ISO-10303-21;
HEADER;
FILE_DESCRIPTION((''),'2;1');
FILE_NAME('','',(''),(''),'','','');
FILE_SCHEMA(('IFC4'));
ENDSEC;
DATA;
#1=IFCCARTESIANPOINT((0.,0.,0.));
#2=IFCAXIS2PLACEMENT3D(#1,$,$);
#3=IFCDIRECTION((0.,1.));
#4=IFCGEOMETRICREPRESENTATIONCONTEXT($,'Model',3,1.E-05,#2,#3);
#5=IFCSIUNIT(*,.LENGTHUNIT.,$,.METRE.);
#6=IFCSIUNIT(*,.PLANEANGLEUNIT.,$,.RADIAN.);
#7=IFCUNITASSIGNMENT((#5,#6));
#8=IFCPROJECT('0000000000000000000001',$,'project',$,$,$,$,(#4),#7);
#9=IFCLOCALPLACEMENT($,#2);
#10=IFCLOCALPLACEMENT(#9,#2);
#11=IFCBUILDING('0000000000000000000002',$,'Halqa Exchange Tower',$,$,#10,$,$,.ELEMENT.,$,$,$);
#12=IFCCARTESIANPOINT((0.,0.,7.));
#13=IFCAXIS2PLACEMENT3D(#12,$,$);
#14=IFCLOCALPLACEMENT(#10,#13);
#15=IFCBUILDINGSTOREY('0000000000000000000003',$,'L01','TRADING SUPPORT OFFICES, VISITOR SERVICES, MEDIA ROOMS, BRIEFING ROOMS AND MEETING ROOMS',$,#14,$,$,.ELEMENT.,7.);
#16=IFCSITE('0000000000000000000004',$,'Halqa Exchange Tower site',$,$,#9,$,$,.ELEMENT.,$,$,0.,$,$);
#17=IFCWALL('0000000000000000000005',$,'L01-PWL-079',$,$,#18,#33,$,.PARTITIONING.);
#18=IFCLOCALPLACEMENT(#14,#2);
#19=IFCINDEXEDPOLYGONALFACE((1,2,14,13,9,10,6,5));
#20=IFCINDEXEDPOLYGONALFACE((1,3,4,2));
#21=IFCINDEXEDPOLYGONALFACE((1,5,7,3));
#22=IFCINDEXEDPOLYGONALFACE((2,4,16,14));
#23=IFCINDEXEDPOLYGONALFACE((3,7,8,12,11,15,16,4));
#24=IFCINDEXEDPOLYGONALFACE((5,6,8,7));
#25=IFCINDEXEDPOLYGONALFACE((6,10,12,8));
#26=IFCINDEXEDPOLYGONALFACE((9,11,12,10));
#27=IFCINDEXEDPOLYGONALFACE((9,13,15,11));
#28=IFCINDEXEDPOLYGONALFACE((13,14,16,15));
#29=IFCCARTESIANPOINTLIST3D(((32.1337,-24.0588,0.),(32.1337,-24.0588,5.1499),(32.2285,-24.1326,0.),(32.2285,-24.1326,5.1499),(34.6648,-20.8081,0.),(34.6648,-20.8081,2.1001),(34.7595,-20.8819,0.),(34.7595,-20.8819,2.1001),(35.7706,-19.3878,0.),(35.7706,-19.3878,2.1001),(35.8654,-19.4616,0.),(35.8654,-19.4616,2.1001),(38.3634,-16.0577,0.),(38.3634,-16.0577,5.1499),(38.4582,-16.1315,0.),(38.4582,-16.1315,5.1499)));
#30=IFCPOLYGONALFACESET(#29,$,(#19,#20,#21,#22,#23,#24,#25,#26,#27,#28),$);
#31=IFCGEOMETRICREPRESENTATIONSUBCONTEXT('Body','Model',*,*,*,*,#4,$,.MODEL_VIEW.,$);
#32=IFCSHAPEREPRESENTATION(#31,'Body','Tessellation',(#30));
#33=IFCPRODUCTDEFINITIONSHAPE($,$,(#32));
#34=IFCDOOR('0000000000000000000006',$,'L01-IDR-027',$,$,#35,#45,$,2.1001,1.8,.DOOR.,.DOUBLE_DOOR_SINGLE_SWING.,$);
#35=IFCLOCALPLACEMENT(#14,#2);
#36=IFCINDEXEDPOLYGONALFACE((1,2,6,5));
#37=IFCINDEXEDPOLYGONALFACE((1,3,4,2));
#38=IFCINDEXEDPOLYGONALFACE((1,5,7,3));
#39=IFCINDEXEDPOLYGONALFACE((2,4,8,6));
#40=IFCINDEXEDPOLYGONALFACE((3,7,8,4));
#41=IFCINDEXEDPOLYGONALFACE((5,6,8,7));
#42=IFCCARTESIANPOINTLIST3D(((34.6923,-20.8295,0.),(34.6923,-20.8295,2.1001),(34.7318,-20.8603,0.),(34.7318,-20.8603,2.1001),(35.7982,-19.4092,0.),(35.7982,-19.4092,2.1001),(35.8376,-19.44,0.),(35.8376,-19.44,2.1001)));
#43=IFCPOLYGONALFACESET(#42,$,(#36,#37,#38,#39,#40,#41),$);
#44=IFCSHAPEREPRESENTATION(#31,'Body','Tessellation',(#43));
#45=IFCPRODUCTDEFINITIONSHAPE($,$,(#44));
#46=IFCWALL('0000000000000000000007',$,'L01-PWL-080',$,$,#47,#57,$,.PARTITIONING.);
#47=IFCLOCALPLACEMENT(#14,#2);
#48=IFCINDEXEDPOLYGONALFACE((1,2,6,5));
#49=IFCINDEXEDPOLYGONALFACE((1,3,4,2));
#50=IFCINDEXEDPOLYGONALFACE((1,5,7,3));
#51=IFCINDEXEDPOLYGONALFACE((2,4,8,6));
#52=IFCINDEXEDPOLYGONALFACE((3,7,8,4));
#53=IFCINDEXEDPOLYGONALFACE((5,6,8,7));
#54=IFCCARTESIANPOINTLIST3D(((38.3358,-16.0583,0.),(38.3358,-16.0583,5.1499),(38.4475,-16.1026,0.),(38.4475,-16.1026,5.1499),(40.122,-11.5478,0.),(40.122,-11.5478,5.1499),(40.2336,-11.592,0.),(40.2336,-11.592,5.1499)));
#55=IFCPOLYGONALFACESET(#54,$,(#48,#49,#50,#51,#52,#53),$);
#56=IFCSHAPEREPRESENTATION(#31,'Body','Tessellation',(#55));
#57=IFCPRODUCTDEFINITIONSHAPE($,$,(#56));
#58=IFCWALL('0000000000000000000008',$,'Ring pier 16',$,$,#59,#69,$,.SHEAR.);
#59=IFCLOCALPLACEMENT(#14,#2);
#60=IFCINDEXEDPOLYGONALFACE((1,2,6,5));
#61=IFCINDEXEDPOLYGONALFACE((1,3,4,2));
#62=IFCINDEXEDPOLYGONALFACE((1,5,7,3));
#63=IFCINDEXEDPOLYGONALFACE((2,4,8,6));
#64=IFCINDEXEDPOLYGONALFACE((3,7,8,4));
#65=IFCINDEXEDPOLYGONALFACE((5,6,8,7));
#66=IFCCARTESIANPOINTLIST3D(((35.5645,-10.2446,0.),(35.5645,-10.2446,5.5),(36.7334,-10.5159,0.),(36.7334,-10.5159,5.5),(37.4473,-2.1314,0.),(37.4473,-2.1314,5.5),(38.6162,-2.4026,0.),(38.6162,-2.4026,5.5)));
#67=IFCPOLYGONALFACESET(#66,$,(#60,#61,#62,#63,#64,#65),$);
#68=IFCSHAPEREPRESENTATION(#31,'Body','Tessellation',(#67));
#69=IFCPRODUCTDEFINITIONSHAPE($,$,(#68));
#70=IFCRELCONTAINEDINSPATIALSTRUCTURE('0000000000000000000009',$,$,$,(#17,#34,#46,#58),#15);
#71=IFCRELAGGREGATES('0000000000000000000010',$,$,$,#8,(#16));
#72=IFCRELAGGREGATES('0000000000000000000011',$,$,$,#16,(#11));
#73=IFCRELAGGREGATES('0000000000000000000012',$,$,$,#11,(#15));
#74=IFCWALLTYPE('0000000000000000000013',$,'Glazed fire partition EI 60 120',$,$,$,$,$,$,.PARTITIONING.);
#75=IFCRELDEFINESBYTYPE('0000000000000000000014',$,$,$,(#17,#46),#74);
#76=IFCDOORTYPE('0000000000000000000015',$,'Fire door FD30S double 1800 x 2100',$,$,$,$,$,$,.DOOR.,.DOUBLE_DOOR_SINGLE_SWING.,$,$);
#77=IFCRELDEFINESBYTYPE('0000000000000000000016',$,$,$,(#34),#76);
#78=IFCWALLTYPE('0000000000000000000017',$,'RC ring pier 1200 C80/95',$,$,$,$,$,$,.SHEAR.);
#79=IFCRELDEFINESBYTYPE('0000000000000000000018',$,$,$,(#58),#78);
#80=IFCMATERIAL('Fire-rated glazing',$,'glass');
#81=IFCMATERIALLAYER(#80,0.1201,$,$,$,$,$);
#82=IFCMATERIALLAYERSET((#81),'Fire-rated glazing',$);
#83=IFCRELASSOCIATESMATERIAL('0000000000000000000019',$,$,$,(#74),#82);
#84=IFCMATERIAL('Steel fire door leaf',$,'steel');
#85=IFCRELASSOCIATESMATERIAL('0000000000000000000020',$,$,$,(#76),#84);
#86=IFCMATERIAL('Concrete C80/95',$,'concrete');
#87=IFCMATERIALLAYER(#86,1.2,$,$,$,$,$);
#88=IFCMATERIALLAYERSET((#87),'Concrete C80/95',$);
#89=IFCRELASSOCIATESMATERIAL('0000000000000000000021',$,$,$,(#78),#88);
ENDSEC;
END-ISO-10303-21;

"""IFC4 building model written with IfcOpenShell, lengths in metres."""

from ifc_helpers import new_model, si_unit, direction, frame, frame_2d, origin, place, context, subcontext, project, spatial, rectangle, extrude, material, layer, layer_set, type_object, element, fill, save


model = new_model("IFC4")

# Units and contexts
model_context = context("Model", 3, precision=1e-05, world=origin(), true_north=direction((0.0, 1.0)))
body_context = subcontext(model_context, "Body", "Model", "MODEL_VIEW")
ifc_project = project(units=[si_unit("LENGTHUNIT", "METRE"), si_unit("PLANEANGLEUNIT", "RADIAN")], contexts=[model_context])

# Site, building, storey
site_placement = place(None, origin())
site = spatial("IfcSite", under=ifc_project, at=site_placement, Name="Halqa Exchange Tower site", CompositionType="ELEMENT", RefElevation=0.0)
building_placement = place(site_placement, origin())
building = spatial("IfcBuilding", under=site, at=building_placement, Name="Halqa Exchange Tower", CompositionType="ELEMENT")
storey_placement = place(building_placement, frame((0.0, 0.0, 7.0)))
storey = spatial("IfcBuildingStorey", under=building, at=storey_placement, Name="L01", Description="TRADING SUPPORT OFFICES, VISITOR SERVICES, MEDIA ROOMS, BRIEFING ROOMS AND MEETING ROOMS", CompositionType="ELEMENT", Elevation=7.0)

# Wall, opening, door
ifc_material_1 = material(Name="Steel fire door leaf", Category="steel")
ifc_material_2 = material(Name="Fire-rated glazing", Category="glass")
ifc_layer_1 = layer(ifc_material_2, 0.1201)
ifc_layer_set_1 = layer_set([ifc_layer_1], Name="Fire-rated glazing")
wall_type_1 = type_object("IfcWallType", Name="Glazed fire partition EI 60 120", PredefinedType="PARTITIONING", material=ifc_layer_set_1)
wall_1_placement = place(storey_placement, frame((38.4109, -16.0945, 0.0), z_axis=(0.0, 0.0, 1.0), x_axis=(-0.614344, -0.789038, 0.0)))
wall_1 = element("IfcWall", 1, at=wall_1_placement, inside=storey, type_object=wall_type_1, Name="L01-PWL-079", PredefinedType="PARTITIONING", context=body_context, shape_type="SweptSolid", body=[
    extrude(rectangle(XDim=10.1404, YDim=0.1201, at=frame_2d((5.0703, 0.0))), origin(), (0.0, 0.0, 1.0), 5.1499),
])
opening_1_placement = place(wall_1_placement, frame((4.2207, 0.0, 0.0)))
opening_1 = element("IfcOpeningElement", 2, at=opening_1_placement, cuts=wall_1, PredefinedType="OPENING", context=body_context, shape_type="SweptSolid", body=[
    extrude(rectangle(XDim=1.8, YDim=2.1001, at=frame_2d((0.8999, 1.05))), frame((0.0, 0.072, 0.0), z_axis=(0.0, -1.0, 0.0), x_axis=(1.0, 0.0, 0.0)), (0.0, 0.0, 1.0), 0.144),
])
door_type_1 = type_object("IfcDoorType", Name="Fire door FD30S double 1800 x 2100", OperationType="DOUBLE_DOOR_SINGLE_SWING", PredefinedType="DOOR", material=ifc_material_1)
door_1_placement = place(opening_1_placement, origin())
door_1 = element("IfcDoor", 3, at=door_1_placement, inside=storey, type_object=door_type_1, Name="L01-IDR-027", OperationType="DOUBLE_DOOR_SINGLE_SWING", OverallHeight=2.1001, OverallWidth=1.8, PredefinedType="DOOR", context=body_context, shape_type="SweptSolid", body=[
    extrude(rectangle(XDim=1.8, YDim=2.1001, at=frame_2d((0.8999, 1.05))), frame((0.0, 0.0249, 0.0), z_axis=(0.0, -1.0, 0.0), x_axis=(1.0, 0.0, 0.0)), (0.0, 0.0, 1.0), 0.05),
])
fill(opening_1, door_1)

# Walls
wall_2_placement = place(storey_placement, frame((38.3916, -16.0806, 0.0), z_axis=(0.0, 0.0, 1.0), x_axis=(0.368178, 0.929755, 0.0)))
element("IfcWall", 4, at=wall_2_placement, inside=storey, type_object=wall_type_1, Name="L01-PWL-080", PredefinedType="PARTITIONING", context=body_context, shape_type="SweptSolid", body=[
    extrude(rectangle(XDim=4.8513, YDim=0.1201, at=frame_2d((2.4258, 0.0))), origin(), (0.0, 0.0, 1.0), 5.1499),
])
ifc_material_3 = material(Name="Concrete C80/95", Category="concrete")
ifc_layer_2 = layer(ifc_material_3, 1.2)
ifc_layer_set_2 = layer_set([ifc_layer_2], Name="Concrete C80/95")
wall_type_2 = type_object("IfcWallType", Name="RC ring pier 1200 C80/95", PredefinedType="SHEAR", material=ifc_layer_set_2)
wall_3_placement = place(storey_placement, frame((36.1489, -10.3804, 0.0), z_axis=(0.0, 0.0, 1.0), x_axis=(0.226058, 0.974114, 0.0)))
element("IfcWall", 5, at=wall_3_placement, inside=storey, type_object=wall_type_2, Name="Ring pier 16", PredefinedType="SHEAR", context=body_context, shape_type="SweptSolid", body=[
    extrude(rectangle(XDim=8.3289, YDim=1.2, at=frame_2d((4.1646, 0.0))), origin(), (0.0, 0.0, 1.0), 5.5),
])

save(model, "model.ifc")
